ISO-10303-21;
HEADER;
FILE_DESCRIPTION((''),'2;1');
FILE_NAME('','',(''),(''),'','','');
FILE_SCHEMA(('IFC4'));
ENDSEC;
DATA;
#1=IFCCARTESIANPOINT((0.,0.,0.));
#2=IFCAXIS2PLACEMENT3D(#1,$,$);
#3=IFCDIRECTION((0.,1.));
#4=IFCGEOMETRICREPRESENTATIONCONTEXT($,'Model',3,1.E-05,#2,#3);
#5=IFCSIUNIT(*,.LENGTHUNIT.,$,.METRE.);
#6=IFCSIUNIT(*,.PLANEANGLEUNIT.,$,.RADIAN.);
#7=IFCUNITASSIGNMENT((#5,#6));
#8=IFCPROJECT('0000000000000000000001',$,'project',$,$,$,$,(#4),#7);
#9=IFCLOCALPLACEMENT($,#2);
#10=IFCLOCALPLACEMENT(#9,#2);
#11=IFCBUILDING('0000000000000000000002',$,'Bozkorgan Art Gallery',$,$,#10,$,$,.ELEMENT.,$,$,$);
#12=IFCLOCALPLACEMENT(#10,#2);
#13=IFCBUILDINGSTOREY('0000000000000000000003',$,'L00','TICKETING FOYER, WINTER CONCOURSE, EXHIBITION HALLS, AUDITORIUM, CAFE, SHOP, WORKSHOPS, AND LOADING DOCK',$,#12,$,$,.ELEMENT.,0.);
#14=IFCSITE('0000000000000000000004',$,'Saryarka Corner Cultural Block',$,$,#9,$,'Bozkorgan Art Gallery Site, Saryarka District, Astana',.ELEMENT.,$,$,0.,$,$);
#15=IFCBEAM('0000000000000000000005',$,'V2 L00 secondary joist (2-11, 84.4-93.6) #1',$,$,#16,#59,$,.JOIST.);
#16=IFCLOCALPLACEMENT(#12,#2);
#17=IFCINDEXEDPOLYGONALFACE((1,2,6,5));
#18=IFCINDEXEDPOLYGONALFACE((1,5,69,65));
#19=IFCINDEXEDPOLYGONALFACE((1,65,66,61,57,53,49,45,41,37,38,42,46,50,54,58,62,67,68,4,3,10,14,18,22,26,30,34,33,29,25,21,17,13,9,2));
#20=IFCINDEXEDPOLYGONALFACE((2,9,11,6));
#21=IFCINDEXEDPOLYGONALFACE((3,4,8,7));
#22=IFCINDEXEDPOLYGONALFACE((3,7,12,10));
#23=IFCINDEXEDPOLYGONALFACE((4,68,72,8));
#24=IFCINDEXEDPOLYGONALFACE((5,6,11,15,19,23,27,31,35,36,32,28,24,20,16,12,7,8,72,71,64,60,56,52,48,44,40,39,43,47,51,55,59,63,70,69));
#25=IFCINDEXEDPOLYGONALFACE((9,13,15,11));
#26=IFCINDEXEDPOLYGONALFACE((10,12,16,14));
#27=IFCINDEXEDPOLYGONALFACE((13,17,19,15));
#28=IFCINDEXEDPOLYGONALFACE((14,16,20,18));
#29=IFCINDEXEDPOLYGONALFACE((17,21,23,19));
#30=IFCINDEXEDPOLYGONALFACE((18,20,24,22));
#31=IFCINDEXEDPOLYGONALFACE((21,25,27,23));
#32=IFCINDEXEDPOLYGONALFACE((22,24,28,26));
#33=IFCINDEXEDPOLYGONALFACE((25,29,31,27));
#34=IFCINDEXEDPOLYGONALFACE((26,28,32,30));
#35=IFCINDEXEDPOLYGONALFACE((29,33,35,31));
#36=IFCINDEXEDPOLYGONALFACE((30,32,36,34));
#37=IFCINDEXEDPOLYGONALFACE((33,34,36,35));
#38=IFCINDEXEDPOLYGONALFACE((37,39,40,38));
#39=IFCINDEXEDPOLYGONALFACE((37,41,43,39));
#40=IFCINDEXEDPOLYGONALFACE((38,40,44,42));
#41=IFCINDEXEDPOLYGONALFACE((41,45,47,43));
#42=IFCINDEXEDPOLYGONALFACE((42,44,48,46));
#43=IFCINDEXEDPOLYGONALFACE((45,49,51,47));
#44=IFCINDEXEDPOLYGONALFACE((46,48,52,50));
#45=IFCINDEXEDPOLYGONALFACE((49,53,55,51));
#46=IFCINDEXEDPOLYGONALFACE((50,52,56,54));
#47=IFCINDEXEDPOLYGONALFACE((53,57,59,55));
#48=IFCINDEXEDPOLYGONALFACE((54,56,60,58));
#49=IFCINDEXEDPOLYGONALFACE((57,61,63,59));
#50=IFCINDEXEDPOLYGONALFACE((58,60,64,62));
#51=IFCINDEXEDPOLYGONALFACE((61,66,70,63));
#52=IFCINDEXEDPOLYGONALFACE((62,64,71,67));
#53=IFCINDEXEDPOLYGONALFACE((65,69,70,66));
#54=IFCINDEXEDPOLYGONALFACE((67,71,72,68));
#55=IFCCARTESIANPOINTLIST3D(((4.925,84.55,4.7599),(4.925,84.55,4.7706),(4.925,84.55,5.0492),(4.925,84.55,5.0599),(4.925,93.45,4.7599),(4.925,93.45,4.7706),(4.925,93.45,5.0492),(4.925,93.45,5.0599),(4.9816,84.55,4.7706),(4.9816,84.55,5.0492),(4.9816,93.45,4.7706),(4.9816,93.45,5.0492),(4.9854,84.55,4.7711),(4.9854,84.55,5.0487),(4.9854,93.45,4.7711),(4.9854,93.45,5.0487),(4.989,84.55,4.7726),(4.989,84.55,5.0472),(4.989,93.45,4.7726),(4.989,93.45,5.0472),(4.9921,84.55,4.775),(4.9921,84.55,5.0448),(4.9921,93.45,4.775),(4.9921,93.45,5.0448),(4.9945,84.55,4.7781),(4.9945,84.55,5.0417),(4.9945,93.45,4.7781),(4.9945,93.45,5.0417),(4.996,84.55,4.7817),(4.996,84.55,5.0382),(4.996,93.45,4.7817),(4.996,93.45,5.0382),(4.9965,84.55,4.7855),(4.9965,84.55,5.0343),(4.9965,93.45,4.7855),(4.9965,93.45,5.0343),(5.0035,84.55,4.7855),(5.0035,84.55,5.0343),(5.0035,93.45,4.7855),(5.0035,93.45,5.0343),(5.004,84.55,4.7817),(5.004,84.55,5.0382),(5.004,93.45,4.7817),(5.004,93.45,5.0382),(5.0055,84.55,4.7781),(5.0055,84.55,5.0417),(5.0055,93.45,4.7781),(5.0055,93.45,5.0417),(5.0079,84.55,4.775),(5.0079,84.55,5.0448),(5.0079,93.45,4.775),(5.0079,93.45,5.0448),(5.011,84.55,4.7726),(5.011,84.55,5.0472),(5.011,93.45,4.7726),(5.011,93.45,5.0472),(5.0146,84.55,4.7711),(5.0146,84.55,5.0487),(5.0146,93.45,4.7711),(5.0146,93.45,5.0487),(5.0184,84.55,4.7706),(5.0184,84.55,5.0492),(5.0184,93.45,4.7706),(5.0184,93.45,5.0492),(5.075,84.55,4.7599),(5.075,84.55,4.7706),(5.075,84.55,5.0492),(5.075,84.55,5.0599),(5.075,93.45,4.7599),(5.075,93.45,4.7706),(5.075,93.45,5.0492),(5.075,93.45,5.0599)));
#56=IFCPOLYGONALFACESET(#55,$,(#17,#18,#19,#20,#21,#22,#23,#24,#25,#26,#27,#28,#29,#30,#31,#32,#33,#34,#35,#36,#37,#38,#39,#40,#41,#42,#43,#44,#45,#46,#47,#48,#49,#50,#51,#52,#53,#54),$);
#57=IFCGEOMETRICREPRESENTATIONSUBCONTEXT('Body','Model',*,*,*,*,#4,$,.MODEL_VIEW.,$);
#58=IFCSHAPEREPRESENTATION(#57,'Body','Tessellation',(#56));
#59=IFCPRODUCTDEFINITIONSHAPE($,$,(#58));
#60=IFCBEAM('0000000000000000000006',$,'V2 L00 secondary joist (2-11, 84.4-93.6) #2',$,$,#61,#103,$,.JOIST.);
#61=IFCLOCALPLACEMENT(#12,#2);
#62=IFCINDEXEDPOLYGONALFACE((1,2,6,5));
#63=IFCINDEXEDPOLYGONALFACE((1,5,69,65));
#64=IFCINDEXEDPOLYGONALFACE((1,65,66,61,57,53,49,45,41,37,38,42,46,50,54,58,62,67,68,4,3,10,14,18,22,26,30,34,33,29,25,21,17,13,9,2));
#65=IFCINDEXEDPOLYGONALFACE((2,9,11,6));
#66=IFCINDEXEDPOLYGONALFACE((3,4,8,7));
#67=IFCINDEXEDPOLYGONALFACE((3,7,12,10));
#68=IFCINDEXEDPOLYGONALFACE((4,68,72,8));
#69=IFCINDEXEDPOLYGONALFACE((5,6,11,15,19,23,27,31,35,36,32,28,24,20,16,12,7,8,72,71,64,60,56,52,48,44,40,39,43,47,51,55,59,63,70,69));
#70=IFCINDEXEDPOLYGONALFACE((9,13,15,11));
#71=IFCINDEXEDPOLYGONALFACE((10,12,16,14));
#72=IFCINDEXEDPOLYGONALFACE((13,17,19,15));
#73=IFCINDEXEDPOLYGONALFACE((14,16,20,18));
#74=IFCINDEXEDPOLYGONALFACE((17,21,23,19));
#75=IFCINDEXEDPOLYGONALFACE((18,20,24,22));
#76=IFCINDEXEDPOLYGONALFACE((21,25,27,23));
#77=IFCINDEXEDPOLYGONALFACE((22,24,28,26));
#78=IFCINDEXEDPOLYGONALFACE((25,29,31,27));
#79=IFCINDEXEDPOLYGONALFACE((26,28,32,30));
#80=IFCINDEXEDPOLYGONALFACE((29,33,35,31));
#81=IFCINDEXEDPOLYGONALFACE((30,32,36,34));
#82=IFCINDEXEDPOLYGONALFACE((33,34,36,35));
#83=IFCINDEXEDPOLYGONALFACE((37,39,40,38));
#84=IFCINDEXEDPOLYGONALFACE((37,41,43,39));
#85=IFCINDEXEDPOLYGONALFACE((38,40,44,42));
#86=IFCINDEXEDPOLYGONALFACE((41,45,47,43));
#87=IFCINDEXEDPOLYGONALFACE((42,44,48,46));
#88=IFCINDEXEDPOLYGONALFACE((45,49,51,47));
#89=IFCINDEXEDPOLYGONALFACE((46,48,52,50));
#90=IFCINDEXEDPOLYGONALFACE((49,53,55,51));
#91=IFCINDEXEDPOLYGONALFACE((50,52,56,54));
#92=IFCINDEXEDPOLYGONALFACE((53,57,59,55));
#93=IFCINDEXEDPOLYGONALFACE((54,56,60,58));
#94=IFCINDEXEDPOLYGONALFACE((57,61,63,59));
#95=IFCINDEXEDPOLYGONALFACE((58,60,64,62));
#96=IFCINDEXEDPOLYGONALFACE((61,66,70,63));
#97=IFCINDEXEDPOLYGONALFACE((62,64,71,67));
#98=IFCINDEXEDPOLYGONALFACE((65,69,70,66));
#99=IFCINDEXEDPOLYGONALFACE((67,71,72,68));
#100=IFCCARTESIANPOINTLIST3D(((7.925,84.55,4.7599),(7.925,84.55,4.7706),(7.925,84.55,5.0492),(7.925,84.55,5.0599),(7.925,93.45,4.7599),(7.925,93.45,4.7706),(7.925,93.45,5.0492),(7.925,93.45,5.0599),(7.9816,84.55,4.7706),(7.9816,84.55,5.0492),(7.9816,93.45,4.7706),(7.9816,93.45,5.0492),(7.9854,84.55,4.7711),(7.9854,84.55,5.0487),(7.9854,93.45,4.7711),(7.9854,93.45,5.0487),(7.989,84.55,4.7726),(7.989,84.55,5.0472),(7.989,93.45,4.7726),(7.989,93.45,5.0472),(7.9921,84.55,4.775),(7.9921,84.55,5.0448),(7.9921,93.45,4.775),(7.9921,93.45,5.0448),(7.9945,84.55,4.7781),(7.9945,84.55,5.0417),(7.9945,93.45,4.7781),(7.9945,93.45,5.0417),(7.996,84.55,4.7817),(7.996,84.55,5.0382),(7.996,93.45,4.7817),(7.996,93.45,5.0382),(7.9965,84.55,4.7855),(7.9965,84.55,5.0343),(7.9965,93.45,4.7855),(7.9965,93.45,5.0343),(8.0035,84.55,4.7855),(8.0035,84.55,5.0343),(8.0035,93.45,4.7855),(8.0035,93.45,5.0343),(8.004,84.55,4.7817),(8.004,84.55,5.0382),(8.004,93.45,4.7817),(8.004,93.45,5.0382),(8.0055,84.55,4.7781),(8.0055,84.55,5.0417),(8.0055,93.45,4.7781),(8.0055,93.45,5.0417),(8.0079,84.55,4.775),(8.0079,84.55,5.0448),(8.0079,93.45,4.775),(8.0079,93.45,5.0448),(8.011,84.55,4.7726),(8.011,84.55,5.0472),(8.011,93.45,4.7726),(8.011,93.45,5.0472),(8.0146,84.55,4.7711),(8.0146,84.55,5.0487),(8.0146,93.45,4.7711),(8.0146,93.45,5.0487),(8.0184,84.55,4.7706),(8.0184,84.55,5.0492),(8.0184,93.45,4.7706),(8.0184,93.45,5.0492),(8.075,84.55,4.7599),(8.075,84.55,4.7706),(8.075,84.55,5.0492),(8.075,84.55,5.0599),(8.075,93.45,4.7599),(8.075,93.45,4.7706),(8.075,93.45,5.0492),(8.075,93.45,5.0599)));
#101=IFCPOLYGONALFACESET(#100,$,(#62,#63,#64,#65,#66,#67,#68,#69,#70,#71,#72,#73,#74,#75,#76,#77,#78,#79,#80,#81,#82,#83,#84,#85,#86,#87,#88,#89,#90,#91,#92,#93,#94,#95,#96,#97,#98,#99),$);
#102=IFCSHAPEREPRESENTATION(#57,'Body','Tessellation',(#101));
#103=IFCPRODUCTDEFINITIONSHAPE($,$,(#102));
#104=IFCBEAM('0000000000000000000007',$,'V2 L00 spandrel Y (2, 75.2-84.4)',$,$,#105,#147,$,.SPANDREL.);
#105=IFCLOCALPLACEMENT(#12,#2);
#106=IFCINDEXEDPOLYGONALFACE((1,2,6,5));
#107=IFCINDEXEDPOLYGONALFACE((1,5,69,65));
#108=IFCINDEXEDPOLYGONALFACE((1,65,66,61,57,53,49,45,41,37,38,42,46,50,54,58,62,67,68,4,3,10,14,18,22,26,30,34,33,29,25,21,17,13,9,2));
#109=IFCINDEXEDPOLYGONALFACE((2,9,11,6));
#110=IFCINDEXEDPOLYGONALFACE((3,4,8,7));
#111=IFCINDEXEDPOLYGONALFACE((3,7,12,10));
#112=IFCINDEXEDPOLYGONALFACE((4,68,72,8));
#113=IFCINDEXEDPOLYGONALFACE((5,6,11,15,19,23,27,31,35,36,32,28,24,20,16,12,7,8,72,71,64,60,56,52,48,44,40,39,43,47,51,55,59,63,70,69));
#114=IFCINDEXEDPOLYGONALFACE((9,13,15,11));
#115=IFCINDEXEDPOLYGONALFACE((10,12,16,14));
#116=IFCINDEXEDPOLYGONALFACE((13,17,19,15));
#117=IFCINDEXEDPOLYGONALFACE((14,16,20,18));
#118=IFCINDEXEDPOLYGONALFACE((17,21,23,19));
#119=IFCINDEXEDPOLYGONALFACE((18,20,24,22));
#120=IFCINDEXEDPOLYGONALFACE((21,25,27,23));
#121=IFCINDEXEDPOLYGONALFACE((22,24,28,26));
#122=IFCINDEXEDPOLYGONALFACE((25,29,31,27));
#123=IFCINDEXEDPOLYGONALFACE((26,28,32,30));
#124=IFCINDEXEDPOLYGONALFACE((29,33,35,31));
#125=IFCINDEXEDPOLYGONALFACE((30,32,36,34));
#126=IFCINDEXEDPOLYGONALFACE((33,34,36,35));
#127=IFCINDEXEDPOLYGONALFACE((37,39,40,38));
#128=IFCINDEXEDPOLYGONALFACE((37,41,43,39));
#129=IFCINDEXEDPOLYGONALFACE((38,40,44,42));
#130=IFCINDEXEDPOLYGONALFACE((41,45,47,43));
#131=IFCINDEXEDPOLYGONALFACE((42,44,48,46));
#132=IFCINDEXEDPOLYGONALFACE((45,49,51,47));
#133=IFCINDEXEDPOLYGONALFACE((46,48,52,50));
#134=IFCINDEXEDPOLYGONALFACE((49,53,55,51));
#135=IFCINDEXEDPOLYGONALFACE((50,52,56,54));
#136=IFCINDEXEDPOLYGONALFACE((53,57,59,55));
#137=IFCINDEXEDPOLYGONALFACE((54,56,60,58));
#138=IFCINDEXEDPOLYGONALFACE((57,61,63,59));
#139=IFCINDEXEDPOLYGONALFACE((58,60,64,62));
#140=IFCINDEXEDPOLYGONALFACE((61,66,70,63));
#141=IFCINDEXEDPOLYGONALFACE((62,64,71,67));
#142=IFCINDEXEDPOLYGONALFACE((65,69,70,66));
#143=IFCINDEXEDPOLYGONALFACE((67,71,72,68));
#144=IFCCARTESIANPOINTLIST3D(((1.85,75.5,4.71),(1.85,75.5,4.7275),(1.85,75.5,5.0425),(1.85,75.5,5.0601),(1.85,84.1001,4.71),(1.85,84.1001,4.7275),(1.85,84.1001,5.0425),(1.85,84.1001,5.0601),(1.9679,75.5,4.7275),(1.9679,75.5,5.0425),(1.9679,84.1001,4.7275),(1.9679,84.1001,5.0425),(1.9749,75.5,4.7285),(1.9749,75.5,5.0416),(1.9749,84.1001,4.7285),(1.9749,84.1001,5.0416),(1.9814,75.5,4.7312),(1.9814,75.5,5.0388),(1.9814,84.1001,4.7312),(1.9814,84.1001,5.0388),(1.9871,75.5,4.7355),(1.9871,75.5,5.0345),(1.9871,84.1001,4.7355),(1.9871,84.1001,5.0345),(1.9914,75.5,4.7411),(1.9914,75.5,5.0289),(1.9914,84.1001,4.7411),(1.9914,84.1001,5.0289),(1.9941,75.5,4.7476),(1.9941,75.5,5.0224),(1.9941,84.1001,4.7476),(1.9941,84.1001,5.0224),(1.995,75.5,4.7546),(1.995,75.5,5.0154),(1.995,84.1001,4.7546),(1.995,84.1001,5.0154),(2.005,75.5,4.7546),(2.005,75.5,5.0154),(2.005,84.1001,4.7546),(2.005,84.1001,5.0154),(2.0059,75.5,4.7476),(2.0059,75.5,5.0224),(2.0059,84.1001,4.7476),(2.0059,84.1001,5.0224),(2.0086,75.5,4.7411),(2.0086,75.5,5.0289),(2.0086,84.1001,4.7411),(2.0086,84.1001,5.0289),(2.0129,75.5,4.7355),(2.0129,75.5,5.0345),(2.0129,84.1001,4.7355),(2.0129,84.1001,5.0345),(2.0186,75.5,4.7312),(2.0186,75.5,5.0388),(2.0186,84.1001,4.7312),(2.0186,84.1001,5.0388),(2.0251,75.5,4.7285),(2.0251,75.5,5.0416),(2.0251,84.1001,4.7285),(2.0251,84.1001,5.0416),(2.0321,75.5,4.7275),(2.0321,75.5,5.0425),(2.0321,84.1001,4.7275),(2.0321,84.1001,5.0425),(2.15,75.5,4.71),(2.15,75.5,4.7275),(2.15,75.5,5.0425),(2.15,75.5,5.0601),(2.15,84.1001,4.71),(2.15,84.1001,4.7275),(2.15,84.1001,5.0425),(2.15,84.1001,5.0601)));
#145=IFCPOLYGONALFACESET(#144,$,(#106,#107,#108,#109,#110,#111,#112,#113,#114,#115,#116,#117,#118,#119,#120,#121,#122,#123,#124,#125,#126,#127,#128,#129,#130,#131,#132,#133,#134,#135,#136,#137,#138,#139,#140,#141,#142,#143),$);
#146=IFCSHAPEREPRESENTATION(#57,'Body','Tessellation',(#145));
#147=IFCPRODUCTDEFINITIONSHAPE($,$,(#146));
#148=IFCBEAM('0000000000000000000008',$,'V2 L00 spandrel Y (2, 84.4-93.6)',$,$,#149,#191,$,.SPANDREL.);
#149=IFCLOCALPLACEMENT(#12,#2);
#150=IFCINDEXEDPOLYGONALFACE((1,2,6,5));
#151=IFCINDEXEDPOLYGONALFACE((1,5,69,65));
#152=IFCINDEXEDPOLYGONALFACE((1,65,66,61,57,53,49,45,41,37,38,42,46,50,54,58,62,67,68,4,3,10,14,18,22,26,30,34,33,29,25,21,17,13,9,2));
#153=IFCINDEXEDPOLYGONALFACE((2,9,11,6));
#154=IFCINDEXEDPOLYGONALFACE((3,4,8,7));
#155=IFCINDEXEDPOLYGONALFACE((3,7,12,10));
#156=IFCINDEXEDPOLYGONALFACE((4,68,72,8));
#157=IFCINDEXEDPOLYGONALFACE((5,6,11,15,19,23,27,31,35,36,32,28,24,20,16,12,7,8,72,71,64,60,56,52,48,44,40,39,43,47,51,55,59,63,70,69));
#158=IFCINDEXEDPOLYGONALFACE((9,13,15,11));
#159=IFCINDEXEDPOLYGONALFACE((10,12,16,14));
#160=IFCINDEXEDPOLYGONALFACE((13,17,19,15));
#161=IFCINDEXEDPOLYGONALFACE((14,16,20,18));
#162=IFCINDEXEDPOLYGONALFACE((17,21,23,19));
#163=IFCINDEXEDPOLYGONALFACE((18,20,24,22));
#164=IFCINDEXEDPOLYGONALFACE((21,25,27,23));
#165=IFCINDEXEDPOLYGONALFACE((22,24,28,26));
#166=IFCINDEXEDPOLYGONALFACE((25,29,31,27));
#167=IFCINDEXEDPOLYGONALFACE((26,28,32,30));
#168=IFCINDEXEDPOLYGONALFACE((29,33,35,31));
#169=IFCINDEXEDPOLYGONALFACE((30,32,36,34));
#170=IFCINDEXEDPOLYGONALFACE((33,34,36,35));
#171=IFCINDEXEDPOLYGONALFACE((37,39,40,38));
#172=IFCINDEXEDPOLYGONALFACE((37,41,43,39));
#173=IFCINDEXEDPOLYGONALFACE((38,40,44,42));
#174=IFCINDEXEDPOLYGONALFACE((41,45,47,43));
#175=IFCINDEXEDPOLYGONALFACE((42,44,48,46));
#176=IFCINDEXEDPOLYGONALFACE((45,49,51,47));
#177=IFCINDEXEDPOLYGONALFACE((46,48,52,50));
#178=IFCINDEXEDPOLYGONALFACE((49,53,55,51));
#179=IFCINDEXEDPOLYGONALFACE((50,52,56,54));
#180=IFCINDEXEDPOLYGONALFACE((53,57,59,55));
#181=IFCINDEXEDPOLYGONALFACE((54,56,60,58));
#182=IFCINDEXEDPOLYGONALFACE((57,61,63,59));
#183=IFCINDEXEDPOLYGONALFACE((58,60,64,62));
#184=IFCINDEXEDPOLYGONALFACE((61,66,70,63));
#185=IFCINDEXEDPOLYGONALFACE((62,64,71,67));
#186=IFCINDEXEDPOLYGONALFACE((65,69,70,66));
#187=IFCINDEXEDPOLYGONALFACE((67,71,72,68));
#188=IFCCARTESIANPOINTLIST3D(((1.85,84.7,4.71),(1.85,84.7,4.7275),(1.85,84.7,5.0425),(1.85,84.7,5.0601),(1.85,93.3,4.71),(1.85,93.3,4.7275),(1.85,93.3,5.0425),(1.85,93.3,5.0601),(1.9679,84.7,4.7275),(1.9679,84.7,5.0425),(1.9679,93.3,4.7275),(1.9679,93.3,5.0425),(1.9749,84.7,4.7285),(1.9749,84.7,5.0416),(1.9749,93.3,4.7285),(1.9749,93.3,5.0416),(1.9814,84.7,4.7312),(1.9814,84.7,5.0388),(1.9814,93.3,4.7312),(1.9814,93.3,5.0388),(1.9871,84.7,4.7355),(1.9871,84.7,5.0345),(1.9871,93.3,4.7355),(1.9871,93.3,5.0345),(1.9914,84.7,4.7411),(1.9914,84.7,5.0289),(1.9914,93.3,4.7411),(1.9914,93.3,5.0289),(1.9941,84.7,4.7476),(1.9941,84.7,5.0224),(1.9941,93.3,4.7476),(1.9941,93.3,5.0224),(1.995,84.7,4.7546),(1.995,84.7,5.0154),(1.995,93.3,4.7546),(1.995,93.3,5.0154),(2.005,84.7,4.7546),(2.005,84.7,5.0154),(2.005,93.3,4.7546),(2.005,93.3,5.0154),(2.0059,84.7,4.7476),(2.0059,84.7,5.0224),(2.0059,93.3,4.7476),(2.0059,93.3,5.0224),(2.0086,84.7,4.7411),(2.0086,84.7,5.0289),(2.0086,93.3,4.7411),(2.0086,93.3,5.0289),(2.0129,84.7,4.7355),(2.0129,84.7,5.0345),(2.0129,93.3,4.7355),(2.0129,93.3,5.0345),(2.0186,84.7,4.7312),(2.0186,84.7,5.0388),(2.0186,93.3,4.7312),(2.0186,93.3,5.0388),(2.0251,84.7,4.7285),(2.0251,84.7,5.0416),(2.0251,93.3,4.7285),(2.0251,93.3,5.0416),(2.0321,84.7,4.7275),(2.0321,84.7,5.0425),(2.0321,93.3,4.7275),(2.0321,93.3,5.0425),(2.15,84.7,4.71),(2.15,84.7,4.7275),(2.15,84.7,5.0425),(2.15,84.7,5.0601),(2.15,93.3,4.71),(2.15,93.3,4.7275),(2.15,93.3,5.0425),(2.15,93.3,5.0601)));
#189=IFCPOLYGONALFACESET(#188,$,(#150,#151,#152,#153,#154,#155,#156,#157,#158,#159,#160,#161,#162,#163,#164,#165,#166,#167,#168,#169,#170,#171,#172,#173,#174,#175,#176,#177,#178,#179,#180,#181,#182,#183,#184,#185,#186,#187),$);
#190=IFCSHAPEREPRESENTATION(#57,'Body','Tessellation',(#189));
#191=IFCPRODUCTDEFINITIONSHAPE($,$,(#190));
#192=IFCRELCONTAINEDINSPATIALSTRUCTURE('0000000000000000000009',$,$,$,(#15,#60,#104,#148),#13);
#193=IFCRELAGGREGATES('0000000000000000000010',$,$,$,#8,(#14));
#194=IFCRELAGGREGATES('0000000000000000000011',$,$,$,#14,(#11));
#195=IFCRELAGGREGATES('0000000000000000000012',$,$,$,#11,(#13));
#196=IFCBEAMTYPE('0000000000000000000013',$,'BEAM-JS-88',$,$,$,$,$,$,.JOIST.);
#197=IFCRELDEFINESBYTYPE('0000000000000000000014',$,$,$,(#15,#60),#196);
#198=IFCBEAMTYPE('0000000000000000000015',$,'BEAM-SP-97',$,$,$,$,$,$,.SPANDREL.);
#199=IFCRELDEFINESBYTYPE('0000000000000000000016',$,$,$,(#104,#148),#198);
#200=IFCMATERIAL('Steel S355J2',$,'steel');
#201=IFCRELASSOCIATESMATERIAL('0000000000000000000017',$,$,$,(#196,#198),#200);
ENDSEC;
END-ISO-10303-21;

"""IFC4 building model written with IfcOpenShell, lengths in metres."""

from ifc_helpers import new_model, si_unit, direction, frame, origin, origin_2d, place, context, subcontext, project, spatial, i_section, extrude, material, material_profile, profile_set, type_object, element, save


model = new_model("IFC4")

# Units and contexts
model_context = context("Model", 3, precision=1e-05, world=origin(), true_north=direction((0.0, 1.0)))
body_context = subcontext(model_context, "Body", "Model", "MODEL_VIEW")
ifc_project = project(units=[si_unit("LENGTHUNIT", "METRE"), si_unit("PLANEANGLEUNIT", "RADIAN")], contexts=[model_context])

# Site, building, storey
site_placement = place(None, origin())
site = spatial("IfcSite", under=ifc_project, at=site_placement, Name="Saryarka Corner Cultural Block", LongName="Bozkorgan Art Gallery Site, Saryarka District, Astana", CompositionType="ELEMENT", RefElevation=0.0)
building_placement = place(site_placement, origin())
building = spatial("IfcBuilding", under=site, at=building_placement, Name="Bozkorgan Art Gallery", CompositionType="ELEMENT")
storey_placement = place(building_placement, origin())
storey = spatial("IfcBuildingStorey", under=building, at=storey_placement, Name="L00", Description="TICKETING FOYER, WINTER CONCOURSE, EXHIBITION HALLS, AUDITORIUM, CAFE, SHOP, WORKSHOPS, AND LOADING DOCK", CompositionType="ELEMENT", Elevation=0.0)

# Shared definitions
ifc_material_1 = material(Name="Steel S355J2", Category="steel")

# Beams
ifc_material_profile_1 = material_profile(ifc_material_1, i_section(OverallWidth=0.1499, OverallDepth=0.3, WebThickness=0.0071, FlangeThickness=0.0107, FilletRadius=0.0149, at=origin_2d()), Name="IPE 300")
ifc_profile_set_1 = profile_set([ifc_material_profile_1], Name="Steel S355J2")
beam_type_1 = type_object("IfcBeamType", Name="BEAM-JS-88", PredefinedType="JOIST", material=ifc_profile_set_1)
for number, where, z_axis, x_axis, name in (
    (1, (5.0, 84.55, 4.9099), (0.0, 1.0, 0.0), (-1.0, 0.0, 0.0), "V2 L00 secondary joist (2-11, 84.4-93.6) #1"),
    (2, (8.0, 84.55, 4.9099), (0.0, 1.0, 0.0), (-1.0, 0.0, 0.0), "V2 L00 secondary joist (2-11, 84.4-93.6) #2"),
):
    element("IfcBeam", number, at=place(storey_placement, frame(where, z_axis=z_axis, x_axis=x_axis)), inside=storey, type_object=beam_type_1, Name=name, PredefinedType="JOIST", context=body_context, shape_type="SweptSolid", body=[
        extrude(i_section(OverallWidth=0.1499, OverallDepth=0.3, WebThickness=0.0071, FlangeThickness=0.0107, FilletRadius=0.0149, at=origin_2d()), origin(), (0.0, 0.0, 1.0), 8.8999),
    ])
ifc_material_profile_2 = material_profile(ifc_material_1, i_section(OverallWidth=0.3, OverallDepth=0.3501, WebThickness=0.01, FlangeThickness=0.0176, FilletRadius=0.0271, at=origin_2d()), Name="HEA 360")
ifc_profile_set_2 = profile_set([ifc_material_profile_2], Name="Steel S355J2")
beam_type_2 = type_object("IfcBeamType", Name="BEAM-SP-97", PredefinedType="SPANDREL", material=ifc_profile_set_2)
for number, where, z_axis, x_axis, name in (
    (3, (2.0, 75.5, 4.885), (0.0, 1.0, 0.0), (-1.0, 0.0, 0.0), "V2 L00 spandrel Y (2, 75.2-84.4)"),
    (4, (2.0, 84.7, 4.885), (0.0, 1.0, 0.0), (-1.0, 0.0, 0.0), "V2 L00 spandrel Y (2, 84.4-93.6)"),
):
    element("IfcBeam", number, at=place(storey_placement, frame(where, z_axis=z_axis, x_axis=x_axis)), inside=storey, type_object=beam_type_2, Name=name, PredefinedType="SPANDREL", context=body_context, shape_type="SweptSolid", body=[
        extrude(i_section(OverallWidth=0.3, OverallDepth=0.3501, WebThickness=0.01, FlangeThickness=0.0176, FilletRadius=0.0271, at=origin_2d()), origin(), (0.0, 0.0, 1.0), 8.6001),
    ])

save(model, "model.ifc")
